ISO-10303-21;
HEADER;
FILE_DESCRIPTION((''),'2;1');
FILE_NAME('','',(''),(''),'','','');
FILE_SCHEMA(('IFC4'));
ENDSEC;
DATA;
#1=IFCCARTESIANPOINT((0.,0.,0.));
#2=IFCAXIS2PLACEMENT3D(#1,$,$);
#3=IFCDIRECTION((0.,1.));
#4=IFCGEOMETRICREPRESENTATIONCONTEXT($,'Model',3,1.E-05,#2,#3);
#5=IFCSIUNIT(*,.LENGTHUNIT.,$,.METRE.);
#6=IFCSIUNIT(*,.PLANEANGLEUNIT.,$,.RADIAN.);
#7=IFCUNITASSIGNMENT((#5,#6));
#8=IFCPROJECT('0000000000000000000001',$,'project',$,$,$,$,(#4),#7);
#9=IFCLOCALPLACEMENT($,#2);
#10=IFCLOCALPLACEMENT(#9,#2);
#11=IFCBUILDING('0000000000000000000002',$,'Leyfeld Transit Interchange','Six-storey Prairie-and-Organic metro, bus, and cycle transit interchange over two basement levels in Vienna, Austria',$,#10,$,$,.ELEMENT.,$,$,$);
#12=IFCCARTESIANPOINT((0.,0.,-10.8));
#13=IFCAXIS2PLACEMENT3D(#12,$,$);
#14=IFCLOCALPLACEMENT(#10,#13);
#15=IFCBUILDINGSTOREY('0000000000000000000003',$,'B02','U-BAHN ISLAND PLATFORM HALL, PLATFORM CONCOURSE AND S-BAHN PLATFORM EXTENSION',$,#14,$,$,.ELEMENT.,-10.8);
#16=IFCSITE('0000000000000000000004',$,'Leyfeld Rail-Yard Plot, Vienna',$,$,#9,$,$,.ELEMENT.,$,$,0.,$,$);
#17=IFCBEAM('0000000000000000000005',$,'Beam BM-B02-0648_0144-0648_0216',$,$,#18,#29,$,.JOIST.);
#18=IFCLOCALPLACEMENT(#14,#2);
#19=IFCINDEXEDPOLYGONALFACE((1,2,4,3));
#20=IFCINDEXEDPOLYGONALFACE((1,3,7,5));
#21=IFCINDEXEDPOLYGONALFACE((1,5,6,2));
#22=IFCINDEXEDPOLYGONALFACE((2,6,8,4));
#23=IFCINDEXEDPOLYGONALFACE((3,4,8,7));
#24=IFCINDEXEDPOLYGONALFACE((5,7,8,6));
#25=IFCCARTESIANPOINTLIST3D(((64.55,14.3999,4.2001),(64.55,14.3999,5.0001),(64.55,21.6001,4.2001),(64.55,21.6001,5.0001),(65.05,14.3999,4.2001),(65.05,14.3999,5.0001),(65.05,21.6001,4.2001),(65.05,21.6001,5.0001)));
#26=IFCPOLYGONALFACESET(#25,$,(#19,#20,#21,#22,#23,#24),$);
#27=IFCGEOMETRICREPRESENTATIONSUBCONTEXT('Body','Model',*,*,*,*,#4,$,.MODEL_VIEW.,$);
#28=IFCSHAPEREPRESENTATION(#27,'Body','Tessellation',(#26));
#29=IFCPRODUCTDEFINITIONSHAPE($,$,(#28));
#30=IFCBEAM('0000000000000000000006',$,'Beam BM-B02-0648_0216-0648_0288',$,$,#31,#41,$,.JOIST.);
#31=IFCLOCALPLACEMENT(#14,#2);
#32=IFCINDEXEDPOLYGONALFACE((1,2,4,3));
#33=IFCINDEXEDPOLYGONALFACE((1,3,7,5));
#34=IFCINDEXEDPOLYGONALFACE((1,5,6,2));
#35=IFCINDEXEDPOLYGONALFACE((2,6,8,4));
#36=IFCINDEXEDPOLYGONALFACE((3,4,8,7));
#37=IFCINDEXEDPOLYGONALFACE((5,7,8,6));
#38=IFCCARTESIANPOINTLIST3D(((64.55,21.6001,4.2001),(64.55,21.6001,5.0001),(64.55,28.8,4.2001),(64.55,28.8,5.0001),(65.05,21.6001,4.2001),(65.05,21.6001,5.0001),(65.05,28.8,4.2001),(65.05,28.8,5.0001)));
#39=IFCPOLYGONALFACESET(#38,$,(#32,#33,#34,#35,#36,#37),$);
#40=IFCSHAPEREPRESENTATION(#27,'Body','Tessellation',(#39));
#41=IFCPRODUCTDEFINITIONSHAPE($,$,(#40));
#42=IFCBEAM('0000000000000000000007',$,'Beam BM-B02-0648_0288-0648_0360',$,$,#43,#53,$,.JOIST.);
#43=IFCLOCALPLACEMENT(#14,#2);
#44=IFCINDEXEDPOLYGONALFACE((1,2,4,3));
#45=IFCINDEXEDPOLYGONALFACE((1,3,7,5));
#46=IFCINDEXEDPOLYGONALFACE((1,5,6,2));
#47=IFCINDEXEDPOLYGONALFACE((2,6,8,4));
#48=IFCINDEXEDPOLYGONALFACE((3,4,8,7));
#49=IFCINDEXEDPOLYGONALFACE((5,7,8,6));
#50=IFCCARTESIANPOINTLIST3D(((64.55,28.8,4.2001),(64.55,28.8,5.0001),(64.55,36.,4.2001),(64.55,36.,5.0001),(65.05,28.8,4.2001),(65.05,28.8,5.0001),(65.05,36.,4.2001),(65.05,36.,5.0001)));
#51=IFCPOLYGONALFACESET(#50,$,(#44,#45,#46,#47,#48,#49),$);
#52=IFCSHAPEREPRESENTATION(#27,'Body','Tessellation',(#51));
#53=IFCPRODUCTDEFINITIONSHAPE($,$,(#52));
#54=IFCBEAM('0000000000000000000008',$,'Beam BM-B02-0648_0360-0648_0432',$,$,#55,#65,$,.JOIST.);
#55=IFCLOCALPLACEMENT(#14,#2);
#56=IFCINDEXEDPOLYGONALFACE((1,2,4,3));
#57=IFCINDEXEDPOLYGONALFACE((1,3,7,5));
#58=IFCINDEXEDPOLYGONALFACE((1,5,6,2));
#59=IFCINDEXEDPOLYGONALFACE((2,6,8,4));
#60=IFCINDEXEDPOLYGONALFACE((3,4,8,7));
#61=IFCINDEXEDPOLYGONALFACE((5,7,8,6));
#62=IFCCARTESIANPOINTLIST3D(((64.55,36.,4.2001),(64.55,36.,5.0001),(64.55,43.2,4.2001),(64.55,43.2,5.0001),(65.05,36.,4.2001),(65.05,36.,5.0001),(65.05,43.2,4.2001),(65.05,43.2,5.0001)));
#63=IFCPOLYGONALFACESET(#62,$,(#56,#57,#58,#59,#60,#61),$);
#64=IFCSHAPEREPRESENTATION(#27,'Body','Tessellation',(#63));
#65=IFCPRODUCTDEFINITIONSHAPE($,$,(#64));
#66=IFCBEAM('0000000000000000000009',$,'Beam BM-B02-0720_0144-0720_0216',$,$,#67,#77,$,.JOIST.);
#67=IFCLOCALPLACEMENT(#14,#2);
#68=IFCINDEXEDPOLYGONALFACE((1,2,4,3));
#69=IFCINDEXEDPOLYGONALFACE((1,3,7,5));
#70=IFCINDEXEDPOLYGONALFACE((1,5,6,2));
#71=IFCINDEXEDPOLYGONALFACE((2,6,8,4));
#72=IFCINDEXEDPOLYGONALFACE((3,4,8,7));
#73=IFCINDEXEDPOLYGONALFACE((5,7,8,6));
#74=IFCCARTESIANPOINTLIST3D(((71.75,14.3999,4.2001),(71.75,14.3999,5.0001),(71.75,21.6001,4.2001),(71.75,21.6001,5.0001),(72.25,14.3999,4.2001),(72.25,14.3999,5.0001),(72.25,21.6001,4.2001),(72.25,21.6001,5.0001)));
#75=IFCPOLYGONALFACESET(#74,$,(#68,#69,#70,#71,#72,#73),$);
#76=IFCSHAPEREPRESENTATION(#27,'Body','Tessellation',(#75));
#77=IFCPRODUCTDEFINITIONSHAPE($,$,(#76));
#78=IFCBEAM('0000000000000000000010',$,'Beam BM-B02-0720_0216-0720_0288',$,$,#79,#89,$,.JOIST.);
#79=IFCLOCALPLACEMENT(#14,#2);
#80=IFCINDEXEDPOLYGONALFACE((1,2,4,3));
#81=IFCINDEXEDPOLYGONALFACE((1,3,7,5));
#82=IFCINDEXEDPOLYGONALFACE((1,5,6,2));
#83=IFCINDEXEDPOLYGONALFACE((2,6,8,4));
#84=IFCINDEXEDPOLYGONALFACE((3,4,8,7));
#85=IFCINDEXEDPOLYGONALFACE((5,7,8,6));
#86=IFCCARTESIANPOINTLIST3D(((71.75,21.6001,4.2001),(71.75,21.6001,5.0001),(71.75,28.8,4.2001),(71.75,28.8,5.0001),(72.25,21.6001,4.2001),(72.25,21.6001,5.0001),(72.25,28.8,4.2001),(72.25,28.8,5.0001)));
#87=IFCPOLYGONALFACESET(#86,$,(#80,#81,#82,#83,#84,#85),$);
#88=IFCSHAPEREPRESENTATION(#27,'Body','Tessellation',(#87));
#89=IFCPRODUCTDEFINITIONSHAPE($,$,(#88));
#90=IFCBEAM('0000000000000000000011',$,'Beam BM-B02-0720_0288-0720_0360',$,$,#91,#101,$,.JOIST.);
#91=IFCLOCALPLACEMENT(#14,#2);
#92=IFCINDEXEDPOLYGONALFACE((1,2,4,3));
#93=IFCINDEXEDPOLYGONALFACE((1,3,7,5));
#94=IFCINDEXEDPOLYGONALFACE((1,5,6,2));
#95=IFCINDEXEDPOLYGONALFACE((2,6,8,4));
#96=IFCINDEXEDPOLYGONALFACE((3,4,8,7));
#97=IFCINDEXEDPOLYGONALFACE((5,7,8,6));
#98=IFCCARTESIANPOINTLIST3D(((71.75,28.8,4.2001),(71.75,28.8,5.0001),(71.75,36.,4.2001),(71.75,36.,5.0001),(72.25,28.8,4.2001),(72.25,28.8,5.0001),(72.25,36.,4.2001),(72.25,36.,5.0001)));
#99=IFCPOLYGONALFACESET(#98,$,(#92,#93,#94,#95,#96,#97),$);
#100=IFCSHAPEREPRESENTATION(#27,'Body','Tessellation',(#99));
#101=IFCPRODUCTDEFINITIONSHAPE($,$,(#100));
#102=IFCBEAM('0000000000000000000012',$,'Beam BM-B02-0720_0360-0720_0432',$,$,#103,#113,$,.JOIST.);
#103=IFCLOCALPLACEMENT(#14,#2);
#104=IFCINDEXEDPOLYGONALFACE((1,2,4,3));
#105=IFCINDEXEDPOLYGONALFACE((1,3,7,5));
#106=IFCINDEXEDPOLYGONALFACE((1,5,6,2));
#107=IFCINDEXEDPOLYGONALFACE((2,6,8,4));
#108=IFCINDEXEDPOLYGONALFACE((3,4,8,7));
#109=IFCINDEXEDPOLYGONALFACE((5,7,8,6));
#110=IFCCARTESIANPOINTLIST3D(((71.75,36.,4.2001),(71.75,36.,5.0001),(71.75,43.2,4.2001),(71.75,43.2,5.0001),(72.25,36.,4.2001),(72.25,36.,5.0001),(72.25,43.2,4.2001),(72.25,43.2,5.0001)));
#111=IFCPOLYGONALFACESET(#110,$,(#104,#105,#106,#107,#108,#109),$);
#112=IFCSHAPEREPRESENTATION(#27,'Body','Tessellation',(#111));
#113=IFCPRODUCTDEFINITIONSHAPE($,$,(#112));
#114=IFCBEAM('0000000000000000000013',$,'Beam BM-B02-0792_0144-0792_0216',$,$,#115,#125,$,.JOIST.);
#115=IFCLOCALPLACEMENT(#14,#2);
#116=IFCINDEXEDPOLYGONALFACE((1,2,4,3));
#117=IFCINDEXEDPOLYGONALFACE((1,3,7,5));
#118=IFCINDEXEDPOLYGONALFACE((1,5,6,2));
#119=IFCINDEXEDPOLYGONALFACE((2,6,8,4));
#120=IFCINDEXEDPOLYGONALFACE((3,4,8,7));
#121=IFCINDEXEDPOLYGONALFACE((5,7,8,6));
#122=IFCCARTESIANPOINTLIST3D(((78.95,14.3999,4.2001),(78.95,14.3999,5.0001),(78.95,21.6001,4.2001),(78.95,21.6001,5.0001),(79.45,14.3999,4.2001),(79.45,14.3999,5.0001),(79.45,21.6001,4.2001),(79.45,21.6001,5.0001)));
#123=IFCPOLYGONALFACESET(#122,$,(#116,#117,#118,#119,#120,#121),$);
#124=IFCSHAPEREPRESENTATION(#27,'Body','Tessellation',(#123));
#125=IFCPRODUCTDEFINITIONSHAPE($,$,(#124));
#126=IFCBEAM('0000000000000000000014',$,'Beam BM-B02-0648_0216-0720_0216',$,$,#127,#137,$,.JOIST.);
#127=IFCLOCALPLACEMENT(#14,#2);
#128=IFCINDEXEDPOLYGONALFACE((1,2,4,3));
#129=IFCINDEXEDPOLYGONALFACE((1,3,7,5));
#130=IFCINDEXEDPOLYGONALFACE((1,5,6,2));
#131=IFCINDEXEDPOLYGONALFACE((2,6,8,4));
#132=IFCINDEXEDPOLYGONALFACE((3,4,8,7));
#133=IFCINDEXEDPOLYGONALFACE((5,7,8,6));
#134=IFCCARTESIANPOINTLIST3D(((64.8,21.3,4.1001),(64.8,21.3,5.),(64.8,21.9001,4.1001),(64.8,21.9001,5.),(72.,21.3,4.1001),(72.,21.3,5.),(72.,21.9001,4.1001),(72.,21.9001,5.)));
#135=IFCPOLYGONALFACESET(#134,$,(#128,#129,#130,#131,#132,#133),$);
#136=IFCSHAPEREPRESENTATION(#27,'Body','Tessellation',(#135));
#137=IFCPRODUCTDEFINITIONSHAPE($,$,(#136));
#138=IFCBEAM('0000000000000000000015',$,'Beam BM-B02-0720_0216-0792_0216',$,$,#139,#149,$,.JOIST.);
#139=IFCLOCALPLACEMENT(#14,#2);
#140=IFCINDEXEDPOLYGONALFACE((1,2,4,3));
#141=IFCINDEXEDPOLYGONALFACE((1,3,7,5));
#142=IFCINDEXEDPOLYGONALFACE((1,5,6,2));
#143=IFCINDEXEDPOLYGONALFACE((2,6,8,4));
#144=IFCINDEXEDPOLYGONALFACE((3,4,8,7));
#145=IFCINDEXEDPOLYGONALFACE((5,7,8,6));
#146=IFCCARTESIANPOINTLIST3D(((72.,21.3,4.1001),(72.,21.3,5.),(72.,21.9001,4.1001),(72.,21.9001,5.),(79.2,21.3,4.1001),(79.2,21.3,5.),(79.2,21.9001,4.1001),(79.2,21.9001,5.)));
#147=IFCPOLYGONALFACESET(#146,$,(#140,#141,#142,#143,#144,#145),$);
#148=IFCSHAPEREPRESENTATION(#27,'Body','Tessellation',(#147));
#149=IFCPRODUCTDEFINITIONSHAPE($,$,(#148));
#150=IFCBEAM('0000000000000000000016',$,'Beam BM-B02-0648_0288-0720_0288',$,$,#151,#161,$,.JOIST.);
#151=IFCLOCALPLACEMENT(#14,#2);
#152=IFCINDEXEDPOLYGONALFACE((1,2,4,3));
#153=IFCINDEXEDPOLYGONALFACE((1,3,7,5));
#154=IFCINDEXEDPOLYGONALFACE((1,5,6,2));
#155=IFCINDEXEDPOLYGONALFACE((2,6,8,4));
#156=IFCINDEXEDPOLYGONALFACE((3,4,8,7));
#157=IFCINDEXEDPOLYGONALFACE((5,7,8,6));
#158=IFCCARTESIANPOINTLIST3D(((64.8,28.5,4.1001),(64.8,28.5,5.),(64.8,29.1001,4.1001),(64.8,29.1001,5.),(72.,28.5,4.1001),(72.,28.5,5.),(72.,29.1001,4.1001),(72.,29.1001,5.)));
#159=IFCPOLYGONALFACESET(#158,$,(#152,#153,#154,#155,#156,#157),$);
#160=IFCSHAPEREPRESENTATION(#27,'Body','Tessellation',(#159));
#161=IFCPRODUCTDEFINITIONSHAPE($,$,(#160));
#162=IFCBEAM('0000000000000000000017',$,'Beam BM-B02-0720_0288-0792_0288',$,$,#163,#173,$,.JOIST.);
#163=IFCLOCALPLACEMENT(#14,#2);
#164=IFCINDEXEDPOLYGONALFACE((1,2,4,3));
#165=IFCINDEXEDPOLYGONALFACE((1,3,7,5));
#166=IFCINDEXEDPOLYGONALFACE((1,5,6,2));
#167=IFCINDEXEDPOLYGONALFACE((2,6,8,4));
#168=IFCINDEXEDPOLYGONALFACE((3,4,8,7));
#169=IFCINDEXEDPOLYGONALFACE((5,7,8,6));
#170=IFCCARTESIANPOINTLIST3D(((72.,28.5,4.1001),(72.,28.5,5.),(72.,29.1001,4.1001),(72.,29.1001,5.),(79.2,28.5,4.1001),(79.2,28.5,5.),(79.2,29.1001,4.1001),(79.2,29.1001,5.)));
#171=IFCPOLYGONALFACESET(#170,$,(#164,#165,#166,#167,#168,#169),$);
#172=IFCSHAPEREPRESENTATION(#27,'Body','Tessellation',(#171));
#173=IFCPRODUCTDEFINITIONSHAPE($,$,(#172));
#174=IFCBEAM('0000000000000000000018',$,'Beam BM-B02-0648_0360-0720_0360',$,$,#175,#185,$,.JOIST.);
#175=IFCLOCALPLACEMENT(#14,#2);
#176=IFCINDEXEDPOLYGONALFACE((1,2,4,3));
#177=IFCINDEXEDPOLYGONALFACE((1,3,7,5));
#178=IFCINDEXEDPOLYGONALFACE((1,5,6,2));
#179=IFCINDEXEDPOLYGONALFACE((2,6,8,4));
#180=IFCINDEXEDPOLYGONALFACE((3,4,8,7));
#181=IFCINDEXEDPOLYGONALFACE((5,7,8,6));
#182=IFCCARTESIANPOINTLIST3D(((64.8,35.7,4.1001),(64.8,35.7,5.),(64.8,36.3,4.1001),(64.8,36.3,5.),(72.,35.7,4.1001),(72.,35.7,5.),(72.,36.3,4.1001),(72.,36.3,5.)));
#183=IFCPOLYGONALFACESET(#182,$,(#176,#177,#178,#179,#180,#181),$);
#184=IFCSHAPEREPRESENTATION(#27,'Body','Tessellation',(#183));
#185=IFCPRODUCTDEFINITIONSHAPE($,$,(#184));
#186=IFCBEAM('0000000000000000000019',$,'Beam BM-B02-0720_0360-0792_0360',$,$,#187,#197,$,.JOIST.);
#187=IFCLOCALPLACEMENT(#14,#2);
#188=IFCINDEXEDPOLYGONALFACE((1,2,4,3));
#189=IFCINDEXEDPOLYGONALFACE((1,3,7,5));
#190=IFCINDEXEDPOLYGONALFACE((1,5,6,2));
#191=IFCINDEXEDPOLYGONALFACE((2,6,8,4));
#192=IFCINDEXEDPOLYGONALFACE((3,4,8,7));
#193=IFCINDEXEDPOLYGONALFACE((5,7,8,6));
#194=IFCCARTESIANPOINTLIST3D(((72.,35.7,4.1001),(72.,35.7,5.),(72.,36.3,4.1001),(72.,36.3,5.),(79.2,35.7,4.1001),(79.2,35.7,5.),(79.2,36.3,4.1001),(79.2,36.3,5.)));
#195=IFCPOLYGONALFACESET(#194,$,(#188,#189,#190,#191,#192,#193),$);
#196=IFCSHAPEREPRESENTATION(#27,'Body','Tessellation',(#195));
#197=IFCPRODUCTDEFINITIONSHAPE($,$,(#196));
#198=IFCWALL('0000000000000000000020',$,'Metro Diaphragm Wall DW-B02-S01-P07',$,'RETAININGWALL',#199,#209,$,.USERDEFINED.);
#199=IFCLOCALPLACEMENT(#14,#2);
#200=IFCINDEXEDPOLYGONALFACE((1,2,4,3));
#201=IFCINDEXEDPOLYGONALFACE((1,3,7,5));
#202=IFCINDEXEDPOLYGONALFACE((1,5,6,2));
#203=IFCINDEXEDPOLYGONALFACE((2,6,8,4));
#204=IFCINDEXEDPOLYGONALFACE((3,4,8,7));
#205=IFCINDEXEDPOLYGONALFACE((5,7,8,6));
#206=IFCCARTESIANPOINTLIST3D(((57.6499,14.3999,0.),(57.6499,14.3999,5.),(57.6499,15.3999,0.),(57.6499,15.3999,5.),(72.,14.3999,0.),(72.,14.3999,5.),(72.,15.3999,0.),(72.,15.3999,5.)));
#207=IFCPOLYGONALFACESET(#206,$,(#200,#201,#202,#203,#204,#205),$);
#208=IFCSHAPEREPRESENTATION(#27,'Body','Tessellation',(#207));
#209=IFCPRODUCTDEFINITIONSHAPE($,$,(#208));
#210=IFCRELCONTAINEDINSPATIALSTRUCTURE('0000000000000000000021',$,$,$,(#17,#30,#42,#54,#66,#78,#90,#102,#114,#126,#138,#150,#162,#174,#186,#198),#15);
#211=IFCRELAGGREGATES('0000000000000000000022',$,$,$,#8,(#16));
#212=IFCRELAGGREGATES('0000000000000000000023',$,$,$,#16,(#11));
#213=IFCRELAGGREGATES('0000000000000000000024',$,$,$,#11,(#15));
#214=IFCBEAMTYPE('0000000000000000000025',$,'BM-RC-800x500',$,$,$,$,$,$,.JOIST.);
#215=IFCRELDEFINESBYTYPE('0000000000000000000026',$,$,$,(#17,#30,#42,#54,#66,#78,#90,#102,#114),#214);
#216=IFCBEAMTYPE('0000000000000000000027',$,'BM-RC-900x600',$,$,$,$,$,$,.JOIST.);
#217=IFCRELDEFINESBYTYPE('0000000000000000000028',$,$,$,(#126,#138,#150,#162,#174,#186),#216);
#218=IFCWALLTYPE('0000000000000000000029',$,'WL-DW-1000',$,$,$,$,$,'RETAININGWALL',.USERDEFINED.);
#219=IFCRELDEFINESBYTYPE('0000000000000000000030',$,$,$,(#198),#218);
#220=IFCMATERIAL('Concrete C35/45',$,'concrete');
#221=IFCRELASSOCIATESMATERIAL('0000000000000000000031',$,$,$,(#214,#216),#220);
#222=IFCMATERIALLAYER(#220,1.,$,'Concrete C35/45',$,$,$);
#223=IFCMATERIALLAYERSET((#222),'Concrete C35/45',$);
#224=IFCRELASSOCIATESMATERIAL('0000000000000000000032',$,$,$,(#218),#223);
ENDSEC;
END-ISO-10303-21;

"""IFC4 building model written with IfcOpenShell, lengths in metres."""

from ifc_helpers import new_model, si_unit, direction, frame, frame_2d, origin, origin_2d, place, context, subcontext, project, spatial, rectangle, extrude, material, layer, layer_set, material_profile, profile_set, type_object, element, save


model = new_model("IFC4")

# Units and contexts
model_context = context("Model", 3, precision=1e-05, world=origin(), true_north=direction((0.0, 1.0)))
body_context = subcontext(model_context, "Body", "Model", "MODEL_VIEW")
ifc_project = project(units=[si_unit("LENGTHUNIT", "METRE"), si_unit("PLANEANGLEUNIT", "RADIAN")], contexts=[model_context])

# Site, building, storey
site_placement = place(None, origin())
site = spatial("IfcSite", under=ifc_project, at=site_placement, Name="Leyfeld Rail-Yard Plot, Vienna", CompositionType="ELEMENT", RefElevation=0.0)
building_placement = place(site_placement, origin())
building = spatial("IfcBuilding", under=site, at=building_placement, Name="Leyfeld Transit Interchange", Description="Six-storey Prairie-and-Organic metro, bus, and cycle transit interchange over two basement levels in Vienna, Austria", CompositionType="ELEMENT")
storey_placement = place(building_placement, frame((0.0, 0.0, -10.8)))
storey = spatial("IfcBuildingStorey", under=building, at=storey_placement, Name="B02", Description="U-BAHN ISLAND PLATFORM HALL, PLATFORM CONCOURSE AND S-BAHN PLATFORM EXTENSION", CompositionType="ELEMENT", Elevation=-10.8)

# Shared definitions
ifc_material = material(Name="Concrete C35/45", Category="concrete")

# Beams
ifc_material_profile_1 = material_profile(ifc_material, rectangle(XDim=0.5, YDim=0.8, at=origin_2d()), Name="RC 800x500")
ifc_profile_set_1 = profile_set([ifc_material_profile_1], Name="Concrete C35/45")
beam_type_1 = type_object("IfcBeamType", Name="BM-RC-800x500", PredefinedType="JOIST", material=ifc_profile_set_1)
beam_1_placement = place(storey_placement, frame((64.8, 14.3999, 4.6001), z_axis=(0.0, 1.0, 0.0), x_axis=(-1.0, 0.0, 0.0)))
element("IfcBeam", 1, at=beam_1_placement, inside=storey, type_object=beam_type_1, Name="Beam BM-B02-0648_0144-0648_0216", PredefinedType="JOIST", context=body_context, shape_type="SweptSolid", body=[
    extrude(rectangle(XDim=0.5, YDim=0.8, at=origin_2d()), origin(), (0.0, 0.0, 1.0), 7.2002),
])
for number, where, z_axis, x_axis, name in (
    (2, (64.8, 21.6001, 4.6001), (0.0, 1.0, 0.0), (-1.0, 0.0, 0.0), "Beam BM-B02-0648_0216-0648_0288"),
    (3, (64.8, 28.8, 4.6001), (0.0, 1.0, 0.0), (-1.0, 0.0, 0.0), "Beam BM-B02-0648_0288-0648_0360"),
    (4, (64.8, 36.0, 4.6001), (0.0, 1.0, 0.0), (-1.0, 0.0, 0.0), "Beam BM-B02-0648_0360-0648_0432"),
):
    element("IfcBeam", number, at=place(storey_placement, frame(where, z_axis=z_axis, x_axis=x_axis)), inside=storey, type_object=beam_type_1, Name=name, PredefinedType="JOIST", context=body_context, shape_type="SweptSolid", body=[
        extrude(rectangle(XDim=0.5, YDim=0.8, at=origin_2d()), origin(), (0.0, 0.0, 1.0), 7.2),
    ])
beam_2_placement = place(storey_placement, frame((72.0, 14.3999, 4.6001), z_axis=(0.0, 1.0, 0.0), x_axis=(-1.0, 0.0, 0.0)))
element("IfcBeam", 5, at=beam_2_placement, inside=storey, type_object=beam_type_1, Name="Beam BM-B02-0720_0144-0720_0216", PredefinedType="JOIST", context=body_context, shape_type="SweptSolid", body=[
    extrude(rectangle(XDim=0.5, YDim=0.8, at=origin_2d()), origin(), (0.0, 0.0, 1.0), 7.2002),
])
for number, where, z_axis, x_axis, name in (
    (6, (72.0, 21.6001, 4.6001), (0.0, 1.0, 0.0), (-1.0, 0.0, 0.0), "Beam BM-B02-0720_0216-0720_0288"),
    (7, (72.0, 28.8, 4.6001), (0.0, 1.0, 0.0), (-1.0, 0.0, 0.0), "Beam BM-B02-0720_0288-0720_0360"),
    (8, (72.0, 36.0, 4.6001), (0.0, 1.0, 0.0), (-1.0, 0.0, 0.0), "Beam BM-B02-0720_0360-0720_0432"),
):
    element("IfcBeam", number, at=place(storey_placement, frame(where, z_axis=z_axis, x_axis=x_axis)), inside=storey, type_object=beam_type_1, Name=name, PredefinedType="JOIST", context=body_context, shape_type="SweptSolid", body=[
        extrude(rectangle(XDim=0.5, YDim=0.8, at=origin_2d()), origin(), (0.0, 0.0, 1.0), 7.2),
    ])
beam_3_placement = place(storey_placement, frame((79.2, 14.3999, 4.6001), z_axis=(0.0, 1.0, 0.0), x_axis=(-1.0, 0.0, 0.0)))
element("IfcBeam", 9, at=beam_3_placement, inside=storey, type_object=beam_type_1, Name="Beam BM-B02-0792_0144-0792_0216", PredefinedType="JOIST", context=body_context, shape_type="SweptSolid", body=[
    extrude(rectangle(XDim=0.5, YDim=0.8, at=origin_2d()), origin(), (0.0, 0.0, 1.0), 7.2002),
])
ifc_material_profile_2 = material_profile(ifc_material, rectangle(XDim=0.6001, YDim=0.8999, at=origin_2d()), Name="RC 900x600")
ifc_profile_set_2 = profile_set([ifc_material_profile_2], Name="Concrete C35/45")
beam_type_2 = type_object("IfcBeamType", Name="BM-RC-900x600", PredefinedType="JOIST", material=ifc_profile_set_2)
for number, where, z_axis, x_axis, name in (
    (10, (64.8, 21.6001, 4.55), (1.0, 0.0, 0.0), (0.0, 1.0, 0.0), "Beam BM-B02-0648_0216-0720_0216"),
    (11, (72.0, 21.6001, 4.55), (1.0, 0.0, 0.0), (0.0, 1.0, 0.0), "Beam BM-B02-0720_0216-0792_0216"),
    (12, (64.8, 28.8, 4.55), (1.0, 0.0, 0.0), (0.0, 1.0, 0.0), "Beam BM-B02-0648_0288-0720_0288"),
    (13, (72.0, 28.8, 4.55), (1.0, 0.0, 0.0), (0.0, 1.0, 0.0), "Beam BM-B02-0720_0288-0792_0288"),
    (14, (64.8, 36.0, 4.55), (1.0, 0.0, 0.0), (0.0, 1.0, 0.0), "Beam BM-B02-0648_0360-0720_0360"),
    (15, (72.0, 36.0, 4.55), (1.0, 0.0, 0.0), (0.0, 1.0, 0.0), "Beam BM-B02-0720_0360-0792_0360"),
):
    element("IfcBeam", number, at=place(storey_placement, frame(where, z_axis=z_axis, x_axis=x_axis)), inside=storey, type_object=beam_type_2, Name=name, PredefinedType="JOIST", context=body_context, shape_type="SweptSolid", body=[
        extrude(rectangle(XDim=0.6001, YDim=0.8999, at=origin_2d()), origin(), (0.0, 0.0, 1.0), 7.2),
    ])

# Wall
ifc_layer = layer(ifc_material, 1.0, Name="Concrete C35/45")
ifc_layer_set = layer_set([ifc_layer], Name="Concrete C35/45")
wall_type = type_object("IfcWallType", Name="WL-DW-1000", ElementType="RETAININGWALL", PredefinedType="USERDEFINED", material=ifc_layer_set)
wall_placement = place(storey_placement, frame((72.0, 14.8999, 0.0), z_axis=(0.0, 0.0, 1.0), x_axis=(-1.0, 0.0, 0.0)))
element("IfcWall", 16, at=wall_placement, inside=storey, type_object=wall_type, Name="Metro Diaphragm Wall DW-B02-S01-P07", ObjectType="RETAININGWALL", PredefinedType="USERDEFINED", context=body_context, shape_type="SweptSolid", body=[
    extrude(rectangle(XDim=14.3501, YDim=1.0, at=frame_2d((7.175, 0.0))), origin(), (0.0, 0.0, 1.0), 5.0),
])

save(model, "model.ifc")
